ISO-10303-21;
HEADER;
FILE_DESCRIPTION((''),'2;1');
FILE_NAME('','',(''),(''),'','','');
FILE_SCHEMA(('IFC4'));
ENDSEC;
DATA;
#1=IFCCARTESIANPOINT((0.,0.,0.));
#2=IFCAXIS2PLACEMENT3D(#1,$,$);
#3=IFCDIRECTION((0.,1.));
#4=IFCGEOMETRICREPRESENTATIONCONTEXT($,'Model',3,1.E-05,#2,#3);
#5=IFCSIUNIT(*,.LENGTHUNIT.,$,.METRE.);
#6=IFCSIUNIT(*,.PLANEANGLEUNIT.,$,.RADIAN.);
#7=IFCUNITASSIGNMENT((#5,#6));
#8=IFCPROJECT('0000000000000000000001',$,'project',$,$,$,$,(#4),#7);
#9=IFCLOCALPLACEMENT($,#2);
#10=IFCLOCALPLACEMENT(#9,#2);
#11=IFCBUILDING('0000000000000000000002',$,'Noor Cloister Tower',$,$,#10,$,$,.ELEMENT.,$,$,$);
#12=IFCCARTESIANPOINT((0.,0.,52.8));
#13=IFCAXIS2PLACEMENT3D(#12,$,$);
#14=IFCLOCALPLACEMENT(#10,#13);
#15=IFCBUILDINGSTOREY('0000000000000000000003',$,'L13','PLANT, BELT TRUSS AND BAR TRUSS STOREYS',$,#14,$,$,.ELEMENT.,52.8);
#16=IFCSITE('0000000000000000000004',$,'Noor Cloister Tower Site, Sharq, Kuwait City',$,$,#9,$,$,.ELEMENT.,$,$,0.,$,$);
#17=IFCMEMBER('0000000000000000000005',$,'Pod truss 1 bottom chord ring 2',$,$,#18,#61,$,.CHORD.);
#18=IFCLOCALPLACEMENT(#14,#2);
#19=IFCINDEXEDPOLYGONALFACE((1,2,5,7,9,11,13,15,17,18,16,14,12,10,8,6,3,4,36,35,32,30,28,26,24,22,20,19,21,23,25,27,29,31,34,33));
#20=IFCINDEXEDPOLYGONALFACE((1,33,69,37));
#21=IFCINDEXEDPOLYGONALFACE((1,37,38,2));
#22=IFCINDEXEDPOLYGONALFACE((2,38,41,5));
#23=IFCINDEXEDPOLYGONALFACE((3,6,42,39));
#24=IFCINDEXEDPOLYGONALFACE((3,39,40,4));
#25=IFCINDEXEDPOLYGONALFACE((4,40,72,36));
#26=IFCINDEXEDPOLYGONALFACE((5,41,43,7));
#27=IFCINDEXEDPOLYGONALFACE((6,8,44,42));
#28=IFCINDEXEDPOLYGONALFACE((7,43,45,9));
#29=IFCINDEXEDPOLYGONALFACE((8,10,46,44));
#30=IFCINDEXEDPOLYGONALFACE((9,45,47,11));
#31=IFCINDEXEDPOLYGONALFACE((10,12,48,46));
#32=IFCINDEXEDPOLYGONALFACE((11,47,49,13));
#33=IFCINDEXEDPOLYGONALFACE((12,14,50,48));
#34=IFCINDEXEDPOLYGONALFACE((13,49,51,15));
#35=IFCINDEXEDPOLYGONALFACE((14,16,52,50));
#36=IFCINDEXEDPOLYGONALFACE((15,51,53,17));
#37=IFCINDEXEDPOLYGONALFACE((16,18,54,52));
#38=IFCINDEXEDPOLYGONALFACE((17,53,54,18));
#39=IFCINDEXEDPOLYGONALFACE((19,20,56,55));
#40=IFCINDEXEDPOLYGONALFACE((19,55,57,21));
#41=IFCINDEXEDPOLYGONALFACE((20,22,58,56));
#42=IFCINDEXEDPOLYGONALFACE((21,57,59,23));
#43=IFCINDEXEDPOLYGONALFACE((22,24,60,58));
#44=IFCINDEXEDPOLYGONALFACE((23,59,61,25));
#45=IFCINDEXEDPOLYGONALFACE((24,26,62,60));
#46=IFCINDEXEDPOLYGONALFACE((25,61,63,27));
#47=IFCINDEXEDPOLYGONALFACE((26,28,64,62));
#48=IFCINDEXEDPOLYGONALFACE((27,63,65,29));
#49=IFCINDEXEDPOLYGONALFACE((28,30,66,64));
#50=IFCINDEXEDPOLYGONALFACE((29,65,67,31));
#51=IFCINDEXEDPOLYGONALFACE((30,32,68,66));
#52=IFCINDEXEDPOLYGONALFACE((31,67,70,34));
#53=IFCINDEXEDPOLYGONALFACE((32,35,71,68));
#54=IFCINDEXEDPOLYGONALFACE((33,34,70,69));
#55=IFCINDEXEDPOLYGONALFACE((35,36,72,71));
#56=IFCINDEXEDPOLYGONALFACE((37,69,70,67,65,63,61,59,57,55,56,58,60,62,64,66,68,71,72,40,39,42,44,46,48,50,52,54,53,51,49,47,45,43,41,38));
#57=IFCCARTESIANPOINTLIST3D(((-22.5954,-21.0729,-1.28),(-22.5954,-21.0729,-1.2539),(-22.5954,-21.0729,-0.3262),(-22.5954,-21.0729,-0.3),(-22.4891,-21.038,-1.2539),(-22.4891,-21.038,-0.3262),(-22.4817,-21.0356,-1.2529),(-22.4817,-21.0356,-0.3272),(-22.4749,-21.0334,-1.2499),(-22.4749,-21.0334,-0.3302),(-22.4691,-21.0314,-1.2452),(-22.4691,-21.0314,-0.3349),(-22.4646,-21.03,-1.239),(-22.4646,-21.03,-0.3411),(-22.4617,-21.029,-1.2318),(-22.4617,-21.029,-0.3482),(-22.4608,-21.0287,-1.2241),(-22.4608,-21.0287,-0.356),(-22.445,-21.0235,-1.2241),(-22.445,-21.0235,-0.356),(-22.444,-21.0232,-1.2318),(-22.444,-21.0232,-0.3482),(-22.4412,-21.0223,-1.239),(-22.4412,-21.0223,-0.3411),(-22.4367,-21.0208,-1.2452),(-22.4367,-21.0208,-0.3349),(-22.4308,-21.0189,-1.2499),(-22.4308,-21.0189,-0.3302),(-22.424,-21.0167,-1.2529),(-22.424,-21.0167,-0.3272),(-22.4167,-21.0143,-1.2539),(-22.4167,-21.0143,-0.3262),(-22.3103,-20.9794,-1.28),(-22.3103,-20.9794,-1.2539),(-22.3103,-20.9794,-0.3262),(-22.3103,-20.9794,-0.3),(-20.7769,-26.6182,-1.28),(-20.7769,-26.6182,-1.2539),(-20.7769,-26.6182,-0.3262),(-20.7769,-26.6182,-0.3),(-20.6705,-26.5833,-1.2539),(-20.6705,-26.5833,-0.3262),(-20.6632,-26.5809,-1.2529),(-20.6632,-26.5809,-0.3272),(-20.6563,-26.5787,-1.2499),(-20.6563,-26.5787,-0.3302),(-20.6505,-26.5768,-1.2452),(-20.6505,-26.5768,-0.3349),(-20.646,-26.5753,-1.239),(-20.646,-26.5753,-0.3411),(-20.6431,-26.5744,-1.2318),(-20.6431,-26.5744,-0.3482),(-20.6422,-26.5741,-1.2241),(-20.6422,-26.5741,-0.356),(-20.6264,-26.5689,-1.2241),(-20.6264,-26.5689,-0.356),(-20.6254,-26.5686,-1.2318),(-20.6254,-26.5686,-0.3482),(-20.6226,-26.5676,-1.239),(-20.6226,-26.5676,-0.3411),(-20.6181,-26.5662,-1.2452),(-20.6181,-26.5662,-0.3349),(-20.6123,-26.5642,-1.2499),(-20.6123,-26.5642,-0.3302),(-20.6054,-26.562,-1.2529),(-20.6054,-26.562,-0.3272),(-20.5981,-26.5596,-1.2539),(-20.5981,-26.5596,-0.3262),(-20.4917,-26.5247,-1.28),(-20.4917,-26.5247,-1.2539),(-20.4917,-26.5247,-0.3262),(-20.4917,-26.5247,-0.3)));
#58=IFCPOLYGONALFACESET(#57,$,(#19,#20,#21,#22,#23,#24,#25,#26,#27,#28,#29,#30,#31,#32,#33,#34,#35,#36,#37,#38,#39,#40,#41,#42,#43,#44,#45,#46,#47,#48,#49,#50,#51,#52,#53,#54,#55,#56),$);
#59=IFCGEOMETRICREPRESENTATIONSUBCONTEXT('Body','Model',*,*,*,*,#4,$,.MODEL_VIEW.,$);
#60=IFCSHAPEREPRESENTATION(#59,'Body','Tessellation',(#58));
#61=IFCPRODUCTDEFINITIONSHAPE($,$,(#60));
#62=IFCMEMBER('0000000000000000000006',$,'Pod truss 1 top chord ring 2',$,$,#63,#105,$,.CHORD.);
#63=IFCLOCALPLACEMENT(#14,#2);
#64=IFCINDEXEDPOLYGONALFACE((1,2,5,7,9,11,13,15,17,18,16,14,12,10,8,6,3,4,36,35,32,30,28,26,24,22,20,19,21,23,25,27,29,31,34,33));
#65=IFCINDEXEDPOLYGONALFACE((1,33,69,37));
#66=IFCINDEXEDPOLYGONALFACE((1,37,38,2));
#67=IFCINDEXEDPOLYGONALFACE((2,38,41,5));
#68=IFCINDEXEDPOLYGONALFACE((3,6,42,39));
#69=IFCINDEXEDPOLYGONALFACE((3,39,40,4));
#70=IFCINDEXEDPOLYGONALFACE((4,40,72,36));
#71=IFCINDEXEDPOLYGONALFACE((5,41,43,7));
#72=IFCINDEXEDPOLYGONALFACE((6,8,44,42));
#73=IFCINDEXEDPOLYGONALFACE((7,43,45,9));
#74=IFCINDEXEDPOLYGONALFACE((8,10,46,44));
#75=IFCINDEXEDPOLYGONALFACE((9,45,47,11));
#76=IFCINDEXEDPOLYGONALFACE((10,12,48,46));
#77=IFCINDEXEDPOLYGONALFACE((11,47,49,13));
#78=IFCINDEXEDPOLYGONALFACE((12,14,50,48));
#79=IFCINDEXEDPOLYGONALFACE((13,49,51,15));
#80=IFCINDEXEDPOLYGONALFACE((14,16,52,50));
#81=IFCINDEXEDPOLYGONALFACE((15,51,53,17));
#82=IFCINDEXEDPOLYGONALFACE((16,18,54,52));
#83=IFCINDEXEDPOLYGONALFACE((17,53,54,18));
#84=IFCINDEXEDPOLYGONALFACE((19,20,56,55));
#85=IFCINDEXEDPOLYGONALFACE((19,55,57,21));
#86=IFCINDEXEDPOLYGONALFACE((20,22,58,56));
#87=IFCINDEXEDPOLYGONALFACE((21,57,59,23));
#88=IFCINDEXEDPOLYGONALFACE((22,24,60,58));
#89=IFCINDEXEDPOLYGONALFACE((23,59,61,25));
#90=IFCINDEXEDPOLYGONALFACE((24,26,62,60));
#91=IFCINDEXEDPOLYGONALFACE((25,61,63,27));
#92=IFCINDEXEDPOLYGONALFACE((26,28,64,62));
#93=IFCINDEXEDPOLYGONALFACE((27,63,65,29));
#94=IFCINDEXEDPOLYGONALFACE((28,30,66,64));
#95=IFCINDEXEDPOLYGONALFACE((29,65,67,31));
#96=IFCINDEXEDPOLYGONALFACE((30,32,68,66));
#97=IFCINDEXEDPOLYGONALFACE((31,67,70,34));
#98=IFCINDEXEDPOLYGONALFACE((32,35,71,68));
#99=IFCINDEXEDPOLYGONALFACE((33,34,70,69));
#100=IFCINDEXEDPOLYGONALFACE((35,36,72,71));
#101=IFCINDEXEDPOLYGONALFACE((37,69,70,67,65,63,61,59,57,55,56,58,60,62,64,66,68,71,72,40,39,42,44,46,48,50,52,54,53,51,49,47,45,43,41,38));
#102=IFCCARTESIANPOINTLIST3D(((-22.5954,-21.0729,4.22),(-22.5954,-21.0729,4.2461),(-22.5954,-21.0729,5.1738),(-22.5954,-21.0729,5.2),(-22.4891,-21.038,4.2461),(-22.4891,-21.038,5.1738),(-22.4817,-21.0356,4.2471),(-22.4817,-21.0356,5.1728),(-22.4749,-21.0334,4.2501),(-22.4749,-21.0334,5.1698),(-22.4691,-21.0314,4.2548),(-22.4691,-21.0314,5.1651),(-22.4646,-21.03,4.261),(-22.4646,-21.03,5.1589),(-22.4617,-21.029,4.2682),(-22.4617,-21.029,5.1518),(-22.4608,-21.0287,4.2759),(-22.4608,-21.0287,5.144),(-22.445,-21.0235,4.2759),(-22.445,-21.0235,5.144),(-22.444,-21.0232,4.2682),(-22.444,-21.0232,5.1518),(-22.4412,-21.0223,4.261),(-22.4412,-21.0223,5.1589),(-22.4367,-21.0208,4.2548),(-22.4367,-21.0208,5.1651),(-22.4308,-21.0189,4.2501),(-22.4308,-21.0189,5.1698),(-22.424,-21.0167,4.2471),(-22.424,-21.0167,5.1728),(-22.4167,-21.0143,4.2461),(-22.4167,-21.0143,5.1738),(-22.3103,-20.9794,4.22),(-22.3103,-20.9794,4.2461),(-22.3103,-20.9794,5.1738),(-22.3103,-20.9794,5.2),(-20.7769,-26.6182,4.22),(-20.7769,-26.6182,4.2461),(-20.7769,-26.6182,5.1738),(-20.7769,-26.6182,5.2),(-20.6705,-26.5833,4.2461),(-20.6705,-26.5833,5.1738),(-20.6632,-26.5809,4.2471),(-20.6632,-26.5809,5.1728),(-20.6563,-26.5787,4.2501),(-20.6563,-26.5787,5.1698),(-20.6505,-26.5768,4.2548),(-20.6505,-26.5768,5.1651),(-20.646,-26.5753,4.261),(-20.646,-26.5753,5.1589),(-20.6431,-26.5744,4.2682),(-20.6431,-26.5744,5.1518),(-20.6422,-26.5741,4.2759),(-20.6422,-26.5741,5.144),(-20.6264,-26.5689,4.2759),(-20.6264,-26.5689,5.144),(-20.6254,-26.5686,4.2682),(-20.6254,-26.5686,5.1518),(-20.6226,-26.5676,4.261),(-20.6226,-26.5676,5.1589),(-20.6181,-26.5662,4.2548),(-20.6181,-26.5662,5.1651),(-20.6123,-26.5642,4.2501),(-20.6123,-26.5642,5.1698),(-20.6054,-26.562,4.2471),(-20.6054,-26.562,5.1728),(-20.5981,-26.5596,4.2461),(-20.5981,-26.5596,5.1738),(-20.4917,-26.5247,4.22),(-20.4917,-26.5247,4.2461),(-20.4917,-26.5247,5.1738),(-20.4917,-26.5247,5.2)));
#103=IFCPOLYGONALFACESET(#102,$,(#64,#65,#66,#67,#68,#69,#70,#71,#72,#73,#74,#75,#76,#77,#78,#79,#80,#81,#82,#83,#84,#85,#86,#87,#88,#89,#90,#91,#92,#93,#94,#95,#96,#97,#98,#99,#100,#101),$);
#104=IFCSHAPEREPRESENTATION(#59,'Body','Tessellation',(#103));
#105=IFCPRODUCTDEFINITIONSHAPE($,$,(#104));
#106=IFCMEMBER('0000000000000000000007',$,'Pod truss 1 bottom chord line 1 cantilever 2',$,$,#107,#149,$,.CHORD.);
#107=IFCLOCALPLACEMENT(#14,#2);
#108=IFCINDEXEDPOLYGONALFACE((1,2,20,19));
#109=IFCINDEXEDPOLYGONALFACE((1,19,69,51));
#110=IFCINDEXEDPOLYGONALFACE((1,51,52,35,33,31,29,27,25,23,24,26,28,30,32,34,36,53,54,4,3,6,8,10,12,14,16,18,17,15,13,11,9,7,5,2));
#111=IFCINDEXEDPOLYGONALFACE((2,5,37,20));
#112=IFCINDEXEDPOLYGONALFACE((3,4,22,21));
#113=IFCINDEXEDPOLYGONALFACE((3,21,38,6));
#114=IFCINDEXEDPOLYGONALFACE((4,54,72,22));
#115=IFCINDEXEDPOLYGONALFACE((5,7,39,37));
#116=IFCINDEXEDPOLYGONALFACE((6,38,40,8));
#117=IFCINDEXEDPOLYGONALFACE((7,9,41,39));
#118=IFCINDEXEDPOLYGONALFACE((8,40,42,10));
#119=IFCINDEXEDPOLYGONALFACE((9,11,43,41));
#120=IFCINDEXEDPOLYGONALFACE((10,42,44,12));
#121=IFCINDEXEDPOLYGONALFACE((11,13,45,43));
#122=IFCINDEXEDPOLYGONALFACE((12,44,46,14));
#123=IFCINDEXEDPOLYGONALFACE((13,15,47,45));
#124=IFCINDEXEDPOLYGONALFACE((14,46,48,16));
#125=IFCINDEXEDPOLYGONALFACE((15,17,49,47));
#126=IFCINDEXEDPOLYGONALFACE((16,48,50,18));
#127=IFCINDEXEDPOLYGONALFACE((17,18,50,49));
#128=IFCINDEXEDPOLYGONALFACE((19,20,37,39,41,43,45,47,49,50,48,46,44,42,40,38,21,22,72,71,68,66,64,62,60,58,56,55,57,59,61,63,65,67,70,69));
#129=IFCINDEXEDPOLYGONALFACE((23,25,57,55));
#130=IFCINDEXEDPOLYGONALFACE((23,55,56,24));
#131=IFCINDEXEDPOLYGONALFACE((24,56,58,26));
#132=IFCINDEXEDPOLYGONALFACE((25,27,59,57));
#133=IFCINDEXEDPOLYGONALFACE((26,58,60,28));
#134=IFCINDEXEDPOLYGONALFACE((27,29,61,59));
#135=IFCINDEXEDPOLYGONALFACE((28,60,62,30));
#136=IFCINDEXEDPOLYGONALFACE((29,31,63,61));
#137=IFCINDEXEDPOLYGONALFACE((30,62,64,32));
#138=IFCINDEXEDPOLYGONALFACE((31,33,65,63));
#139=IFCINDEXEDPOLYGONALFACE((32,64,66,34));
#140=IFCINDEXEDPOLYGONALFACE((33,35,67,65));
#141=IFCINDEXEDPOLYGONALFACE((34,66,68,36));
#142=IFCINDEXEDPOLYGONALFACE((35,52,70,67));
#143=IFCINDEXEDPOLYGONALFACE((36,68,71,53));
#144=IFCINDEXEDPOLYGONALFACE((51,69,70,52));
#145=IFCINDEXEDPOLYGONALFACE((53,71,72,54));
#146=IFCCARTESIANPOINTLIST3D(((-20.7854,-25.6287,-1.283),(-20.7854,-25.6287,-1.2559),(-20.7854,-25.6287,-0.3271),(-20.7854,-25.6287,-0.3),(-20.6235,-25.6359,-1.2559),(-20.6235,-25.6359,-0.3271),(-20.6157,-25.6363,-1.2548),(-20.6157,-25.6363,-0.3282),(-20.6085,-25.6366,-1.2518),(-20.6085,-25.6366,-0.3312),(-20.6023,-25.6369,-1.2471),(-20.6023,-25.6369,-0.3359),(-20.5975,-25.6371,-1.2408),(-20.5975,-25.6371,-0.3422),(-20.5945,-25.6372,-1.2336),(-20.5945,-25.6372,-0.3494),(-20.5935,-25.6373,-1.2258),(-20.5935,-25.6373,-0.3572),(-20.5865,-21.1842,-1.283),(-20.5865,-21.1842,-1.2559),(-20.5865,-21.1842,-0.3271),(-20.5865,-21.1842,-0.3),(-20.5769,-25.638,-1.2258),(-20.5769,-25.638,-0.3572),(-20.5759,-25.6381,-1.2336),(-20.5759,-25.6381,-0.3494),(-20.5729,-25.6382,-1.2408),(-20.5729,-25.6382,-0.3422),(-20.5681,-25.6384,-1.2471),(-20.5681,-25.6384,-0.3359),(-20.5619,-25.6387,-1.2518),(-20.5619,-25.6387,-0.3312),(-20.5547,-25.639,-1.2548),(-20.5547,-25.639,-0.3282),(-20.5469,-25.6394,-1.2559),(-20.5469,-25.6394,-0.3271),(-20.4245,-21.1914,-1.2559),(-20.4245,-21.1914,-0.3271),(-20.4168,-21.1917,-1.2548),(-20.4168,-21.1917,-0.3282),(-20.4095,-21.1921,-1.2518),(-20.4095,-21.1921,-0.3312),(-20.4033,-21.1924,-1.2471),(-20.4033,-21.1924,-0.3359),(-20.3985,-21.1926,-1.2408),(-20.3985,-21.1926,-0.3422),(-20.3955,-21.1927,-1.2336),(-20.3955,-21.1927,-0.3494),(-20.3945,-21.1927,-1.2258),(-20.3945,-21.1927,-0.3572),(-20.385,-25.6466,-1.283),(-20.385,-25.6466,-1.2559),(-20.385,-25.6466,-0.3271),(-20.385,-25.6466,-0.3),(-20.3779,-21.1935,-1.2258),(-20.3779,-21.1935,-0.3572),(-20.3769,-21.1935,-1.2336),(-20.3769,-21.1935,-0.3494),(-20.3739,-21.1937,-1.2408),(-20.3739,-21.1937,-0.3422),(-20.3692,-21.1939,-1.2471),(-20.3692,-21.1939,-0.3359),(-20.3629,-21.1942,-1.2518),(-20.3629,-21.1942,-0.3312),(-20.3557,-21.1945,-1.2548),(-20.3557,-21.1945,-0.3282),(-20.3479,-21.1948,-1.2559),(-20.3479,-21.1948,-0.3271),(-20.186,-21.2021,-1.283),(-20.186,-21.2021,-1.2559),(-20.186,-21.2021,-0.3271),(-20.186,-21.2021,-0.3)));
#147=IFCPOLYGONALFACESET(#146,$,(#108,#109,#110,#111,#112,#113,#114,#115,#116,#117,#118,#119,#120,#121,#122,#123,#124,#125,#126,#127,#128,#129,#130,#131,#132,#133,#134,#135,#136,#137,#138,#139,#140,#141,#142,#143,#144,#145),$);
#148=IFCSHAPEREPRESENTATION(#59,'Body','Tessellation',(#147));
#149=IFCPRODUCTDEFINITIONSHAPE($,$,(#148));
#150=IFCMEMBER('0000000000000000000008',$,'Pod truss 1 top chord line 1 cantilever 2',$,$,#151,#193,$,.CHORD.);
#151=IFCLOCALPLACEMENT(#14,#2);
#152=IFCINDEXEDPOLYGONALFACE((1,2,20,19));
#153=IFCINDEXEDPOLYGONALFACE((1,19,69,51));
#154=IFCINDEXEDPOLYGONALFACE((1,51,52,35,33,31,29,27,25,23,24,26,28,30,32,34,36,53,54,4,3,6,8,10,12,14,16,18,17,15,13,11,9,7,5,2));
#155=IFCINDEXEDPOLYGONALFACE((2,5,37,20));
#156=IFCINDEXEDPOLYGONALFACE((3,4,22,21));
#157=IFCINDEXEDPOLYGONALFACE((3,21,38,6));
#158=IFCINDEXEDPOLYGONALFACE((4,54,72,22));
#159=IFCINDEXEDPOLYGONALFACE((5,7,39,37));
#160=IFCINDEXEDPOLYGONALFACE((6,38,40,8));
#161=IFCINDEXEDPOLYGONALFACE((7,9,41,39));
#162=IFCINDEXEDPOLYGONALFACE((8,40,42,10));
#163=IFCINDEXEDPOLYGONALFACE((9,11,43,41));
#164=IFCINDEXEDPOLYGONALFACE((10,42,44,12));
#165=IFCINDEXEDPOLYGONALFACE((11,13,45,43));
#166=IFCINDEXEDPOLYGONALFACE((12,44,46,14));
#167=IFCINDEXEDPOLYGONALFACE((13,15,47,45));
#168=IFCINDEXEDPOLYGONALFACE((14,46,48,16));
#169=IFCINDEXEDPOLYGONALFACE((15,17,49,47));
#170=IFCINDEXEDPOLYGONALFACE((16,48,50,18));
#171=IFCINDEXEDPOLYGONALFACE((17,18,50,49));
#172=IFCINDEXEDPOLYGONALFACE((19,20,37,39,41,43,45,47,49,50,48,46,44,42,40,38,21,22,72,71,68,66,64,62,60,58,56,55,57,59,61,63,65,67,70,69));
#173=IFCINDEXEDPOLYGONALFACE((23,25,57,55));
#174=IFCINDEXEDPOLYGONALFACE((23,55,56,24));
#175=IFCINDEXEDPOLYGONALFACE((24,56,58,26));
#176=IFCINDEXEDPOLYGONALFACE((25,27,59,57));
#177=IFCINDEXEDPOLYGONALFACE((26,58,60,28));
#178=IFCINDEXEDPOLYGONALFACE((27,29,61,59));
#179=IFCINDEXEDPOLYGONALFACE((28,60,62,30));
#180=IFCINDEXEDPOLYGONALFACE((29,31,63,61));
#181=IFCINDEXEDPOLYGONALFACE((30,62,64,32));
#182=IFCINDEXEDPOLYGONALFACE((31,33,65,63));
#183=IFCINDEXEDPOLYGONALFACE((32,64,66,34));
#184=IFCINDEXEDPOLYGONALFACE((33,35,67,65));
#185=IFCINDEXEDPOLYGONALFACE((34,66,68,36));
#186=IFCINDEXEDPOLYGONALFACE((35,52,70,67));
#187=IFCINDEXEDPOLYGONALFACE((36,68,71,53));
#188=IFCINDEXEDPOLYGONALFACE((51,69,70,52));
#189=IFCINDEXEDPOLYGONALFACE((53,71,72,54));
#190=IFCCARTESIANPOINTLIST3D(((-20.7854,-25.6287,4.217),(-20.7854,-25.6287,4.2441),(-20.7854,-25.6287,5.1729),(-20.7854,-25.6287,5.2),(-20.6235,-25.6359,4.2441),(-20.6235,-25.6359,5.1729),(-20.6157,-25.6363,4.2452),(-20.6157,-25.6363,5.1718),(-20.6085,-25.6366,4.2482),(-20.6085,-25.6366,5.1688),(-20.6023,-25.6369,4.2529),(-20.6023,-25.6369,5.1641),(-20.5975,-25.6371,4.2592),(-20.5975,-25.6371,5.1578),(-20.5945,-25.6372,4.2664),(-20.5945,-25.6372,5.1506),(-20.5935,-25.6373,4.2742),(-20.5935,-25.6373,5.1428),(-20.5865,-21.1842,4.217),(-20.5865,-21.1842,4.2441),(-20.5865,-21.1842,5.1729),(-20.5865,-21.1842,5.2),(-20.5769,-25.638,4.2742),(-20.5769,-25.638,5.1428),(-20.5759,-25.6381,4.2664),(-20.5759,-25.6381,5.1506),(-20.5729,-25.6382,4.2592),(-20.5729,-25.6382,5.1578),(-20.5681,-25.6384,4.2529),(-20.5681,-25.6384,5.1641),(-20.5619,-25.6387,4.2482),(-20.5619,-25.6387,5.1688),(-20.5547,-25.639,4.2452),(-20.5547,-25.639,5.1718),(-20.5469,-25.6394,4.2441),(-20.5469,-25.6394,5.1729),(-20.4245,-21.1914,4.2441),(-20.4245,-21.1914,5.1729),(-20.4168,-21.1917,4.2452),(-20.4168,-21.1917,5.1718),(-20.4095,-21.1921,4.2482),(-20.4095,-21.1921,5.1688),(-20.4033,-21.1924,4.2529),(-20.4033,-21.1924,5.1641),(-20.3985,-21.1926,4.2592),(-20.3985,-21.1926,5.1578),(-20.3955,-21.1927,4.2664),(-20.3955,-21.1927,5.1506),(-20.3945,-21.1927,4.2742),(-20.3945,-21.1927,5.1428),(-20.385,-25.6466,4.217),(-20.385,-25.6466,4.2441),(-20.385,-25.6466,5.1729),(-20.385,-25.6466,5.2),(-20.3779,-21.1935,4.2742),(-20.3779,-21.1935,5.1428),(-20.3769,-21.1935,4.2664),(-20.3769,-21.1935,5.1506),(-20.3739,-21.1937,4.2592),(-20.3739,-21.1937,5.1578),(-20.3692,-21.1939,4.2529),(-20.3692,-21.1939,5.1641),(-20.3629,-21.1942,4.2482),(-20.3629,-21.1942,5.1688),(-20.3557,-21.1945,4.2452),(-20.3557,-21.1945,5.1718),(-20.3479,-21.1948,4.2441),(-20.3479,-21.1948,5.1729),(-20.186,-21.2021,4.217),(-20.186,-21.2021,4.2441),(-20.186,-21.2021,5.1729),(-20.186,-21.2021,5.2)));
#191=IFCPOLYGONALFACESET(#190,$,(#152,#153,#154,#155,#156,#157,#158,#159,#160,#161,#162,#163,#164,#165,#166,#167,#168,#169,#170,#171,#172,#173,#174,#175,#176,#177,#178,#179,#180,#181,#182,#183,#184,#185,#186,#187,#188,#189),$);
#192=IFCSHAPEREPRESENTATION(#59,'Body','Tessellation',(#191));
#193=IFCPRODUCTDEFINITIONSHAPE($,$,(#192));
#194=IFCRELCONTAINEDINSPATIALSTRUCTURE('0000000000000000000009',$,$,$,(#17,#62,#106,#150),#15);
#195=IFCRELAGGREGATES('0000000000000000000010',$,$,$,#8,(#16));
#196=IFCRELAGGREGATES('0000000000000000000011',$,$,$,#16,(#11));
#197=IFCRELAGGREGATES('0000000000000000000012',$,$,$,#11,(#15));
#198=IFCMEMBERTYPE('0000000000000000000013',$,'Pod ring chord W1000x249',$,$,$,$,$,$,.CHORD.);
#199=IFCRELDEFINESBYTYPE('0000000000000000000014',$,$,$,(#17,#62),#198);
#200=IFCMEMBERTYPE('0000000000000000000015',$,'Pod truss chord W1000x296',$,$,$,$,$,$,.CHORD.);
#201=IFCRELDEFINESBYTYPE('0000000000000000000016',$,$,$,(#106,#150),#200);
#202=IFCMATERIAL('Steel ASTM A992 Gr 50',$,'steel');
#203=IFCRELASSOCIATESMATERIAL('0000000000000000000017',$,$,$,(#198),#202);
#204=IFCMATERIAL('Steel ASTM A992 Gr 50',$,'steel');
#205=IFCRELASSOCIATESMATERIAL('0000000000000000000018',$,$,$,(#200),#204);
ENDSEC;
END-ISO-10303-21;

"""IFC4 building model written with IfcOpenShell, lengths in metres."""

from ifc_helpers import new_model, si_unit, direction, frame, origin, origin_2d, place, context, subcontext, project, spatial, i_section, extrude, material, material_profile, profile_set, type_object, element, save


model = new_model("IFC4")

# Units and contexts
model_context = context("Model", 3, precision=1e-05, world=origin(), true_north=direction((0.0, 1.0)))
body_context = subcontext(model_context, "Body", "Model", "MODEL_VIEW")
ifc_project = project(units=[si_unit("LENGTHUNIT", "METRE"), si_unit("PLANEANGLEUNIT", "RADIAN")], contexts=[model_context])

# Site, building, storey
site_placement = place(None, origin())
site = spatial("IfcSite", under=ifc_project, at=site_placement, Name="Noor Cloister Tower Site, Sharq, Kuwait City", CompositionType="ELEMENT", RefElevation=0.0)
building_placement = place(site_placement, origin())
building = spatial("IfcBuilding", under=site, at=building_placement, Name="Noor Cloister Tower", CompositionType="ELEMENT")
storey_placement = place(building_placement, frame((0.0, 0.0, 52.8)))
storey = spatial("IfcBuildingStorey", under=building, at=storey_placement, Name="L13", Description="PLANT, BELT TRUSS AND BAR TRUSS STOREYS", CompositionType="ELEMENT", Elevation=52.8)

# Members
ifc_material_1 = material(Name="Steel ASTM A992 Gr 50", Category="steel")
ifc_material_profile_1 = material_profile(ifc_material_1, i_section(OverallWidth=0.3, OverallDepth=0.98, WebThickness=0.0166, FlangeThickness=0.0261, FilletRadius=0.0298, at=origin_2d()), Name="W1000x249")
ifc_profile_set_1 = profile_set([ifc_material_profile_1], Name="Steel ASTM A992 Gr 50")
member_type_1 = type_object("IfcMemberType", Name="Pod ring chord W1000x249", PredefinedType="CHORD", material=ifc_profile_set_1)
for number, where, z_axis, x_axis, name in (
    (1, (-22.4529, -21.0261, -0.79), (0.311618, -0.950207, 0.0), (0.950207, 0.311618, 0.0), "Pod truss 1 bottom chord ring 2"),
    (2, (-22.4529, -21.0261, 4.71), (0.311618, -0.950207, 0.0), (0.950207, 0.311618, 0.0), "Pod truss 1 top chord ring 2"),
):
    element("IfcMember", number, at=place(storey_placement, frame(where, z_axis=z_axis, x_axis=x_axis)), inside=storey, type_object=member_type_1, Name=name, PredefinedType="CHORD", context=body_context, shape_type="SweptSolid", body=[
        extrude(i_section(OverallWidth=0.3, OverallDepth=0.98, WebThickness=0.0166, FlangeThickness=0.0261, FilletRadius=0.0298, at=origin_2d()), origin(), (0.0, 0.0, 1.0), 5.8359),
    ])
ifc_material_2 = material(Name="Steel ASTM A992 Gr 50", Category="steel")
ifc_material_profile_2 = material_profile(ifc_material_2, i_section(OverallWidth=0.4009, OverallDepth=0.9829, WebThickness=0.0166, FlangeThickness=0.0271, FilletRadius=0.03, at=origin_2d()), Name="W1000x296")
ifc_profile_set_2 = profile_set([ifc_material_profile_2], Name="Steel ASTM A992 Gr 50")
member_type_2 = type_object("IfcMemberType", Name="Pod truss chord W1000x296", PredefinedType="CHORD", material=ifc_profile_set_2)
for number, where, z_axis, x_axis, name in (
    (3, (-20.3862, -21.1931, -0.7915), (-0.044723, -0.998999, 0.0), (0.998999, -0.044723, 0.0), "Pod truss 1 bottom chord line 1 cantilever 2"),
    (4, (-20.3862, -21.1931, 4.7085), (-0.044723, -0.998999, 0.0), (0.998999, -0.044723, 0.0), "Pod truss 1 top chord line 1 cantilever 2"),
):
    element("IfcMember", number, at=place(storey_placement, frame(where, z_axis=z_axis, x_axis=x_axis)), inside=storey, type_object=member_type_2, Name=name, PredefinedType="CHORD", context=body_context, shape_type="SweptSolid", body=[
        extrude(i_section(OverallWidth=0.4009, OverallDepth=0.9829, WebThickness=0.0166, FlangeThickness=0.0271, FilletRadius=0.03, at=origin_2d()), origin(), (0.0, 0.0, 1.0), 4.449),
    ])

save(model, "model.ifc")
